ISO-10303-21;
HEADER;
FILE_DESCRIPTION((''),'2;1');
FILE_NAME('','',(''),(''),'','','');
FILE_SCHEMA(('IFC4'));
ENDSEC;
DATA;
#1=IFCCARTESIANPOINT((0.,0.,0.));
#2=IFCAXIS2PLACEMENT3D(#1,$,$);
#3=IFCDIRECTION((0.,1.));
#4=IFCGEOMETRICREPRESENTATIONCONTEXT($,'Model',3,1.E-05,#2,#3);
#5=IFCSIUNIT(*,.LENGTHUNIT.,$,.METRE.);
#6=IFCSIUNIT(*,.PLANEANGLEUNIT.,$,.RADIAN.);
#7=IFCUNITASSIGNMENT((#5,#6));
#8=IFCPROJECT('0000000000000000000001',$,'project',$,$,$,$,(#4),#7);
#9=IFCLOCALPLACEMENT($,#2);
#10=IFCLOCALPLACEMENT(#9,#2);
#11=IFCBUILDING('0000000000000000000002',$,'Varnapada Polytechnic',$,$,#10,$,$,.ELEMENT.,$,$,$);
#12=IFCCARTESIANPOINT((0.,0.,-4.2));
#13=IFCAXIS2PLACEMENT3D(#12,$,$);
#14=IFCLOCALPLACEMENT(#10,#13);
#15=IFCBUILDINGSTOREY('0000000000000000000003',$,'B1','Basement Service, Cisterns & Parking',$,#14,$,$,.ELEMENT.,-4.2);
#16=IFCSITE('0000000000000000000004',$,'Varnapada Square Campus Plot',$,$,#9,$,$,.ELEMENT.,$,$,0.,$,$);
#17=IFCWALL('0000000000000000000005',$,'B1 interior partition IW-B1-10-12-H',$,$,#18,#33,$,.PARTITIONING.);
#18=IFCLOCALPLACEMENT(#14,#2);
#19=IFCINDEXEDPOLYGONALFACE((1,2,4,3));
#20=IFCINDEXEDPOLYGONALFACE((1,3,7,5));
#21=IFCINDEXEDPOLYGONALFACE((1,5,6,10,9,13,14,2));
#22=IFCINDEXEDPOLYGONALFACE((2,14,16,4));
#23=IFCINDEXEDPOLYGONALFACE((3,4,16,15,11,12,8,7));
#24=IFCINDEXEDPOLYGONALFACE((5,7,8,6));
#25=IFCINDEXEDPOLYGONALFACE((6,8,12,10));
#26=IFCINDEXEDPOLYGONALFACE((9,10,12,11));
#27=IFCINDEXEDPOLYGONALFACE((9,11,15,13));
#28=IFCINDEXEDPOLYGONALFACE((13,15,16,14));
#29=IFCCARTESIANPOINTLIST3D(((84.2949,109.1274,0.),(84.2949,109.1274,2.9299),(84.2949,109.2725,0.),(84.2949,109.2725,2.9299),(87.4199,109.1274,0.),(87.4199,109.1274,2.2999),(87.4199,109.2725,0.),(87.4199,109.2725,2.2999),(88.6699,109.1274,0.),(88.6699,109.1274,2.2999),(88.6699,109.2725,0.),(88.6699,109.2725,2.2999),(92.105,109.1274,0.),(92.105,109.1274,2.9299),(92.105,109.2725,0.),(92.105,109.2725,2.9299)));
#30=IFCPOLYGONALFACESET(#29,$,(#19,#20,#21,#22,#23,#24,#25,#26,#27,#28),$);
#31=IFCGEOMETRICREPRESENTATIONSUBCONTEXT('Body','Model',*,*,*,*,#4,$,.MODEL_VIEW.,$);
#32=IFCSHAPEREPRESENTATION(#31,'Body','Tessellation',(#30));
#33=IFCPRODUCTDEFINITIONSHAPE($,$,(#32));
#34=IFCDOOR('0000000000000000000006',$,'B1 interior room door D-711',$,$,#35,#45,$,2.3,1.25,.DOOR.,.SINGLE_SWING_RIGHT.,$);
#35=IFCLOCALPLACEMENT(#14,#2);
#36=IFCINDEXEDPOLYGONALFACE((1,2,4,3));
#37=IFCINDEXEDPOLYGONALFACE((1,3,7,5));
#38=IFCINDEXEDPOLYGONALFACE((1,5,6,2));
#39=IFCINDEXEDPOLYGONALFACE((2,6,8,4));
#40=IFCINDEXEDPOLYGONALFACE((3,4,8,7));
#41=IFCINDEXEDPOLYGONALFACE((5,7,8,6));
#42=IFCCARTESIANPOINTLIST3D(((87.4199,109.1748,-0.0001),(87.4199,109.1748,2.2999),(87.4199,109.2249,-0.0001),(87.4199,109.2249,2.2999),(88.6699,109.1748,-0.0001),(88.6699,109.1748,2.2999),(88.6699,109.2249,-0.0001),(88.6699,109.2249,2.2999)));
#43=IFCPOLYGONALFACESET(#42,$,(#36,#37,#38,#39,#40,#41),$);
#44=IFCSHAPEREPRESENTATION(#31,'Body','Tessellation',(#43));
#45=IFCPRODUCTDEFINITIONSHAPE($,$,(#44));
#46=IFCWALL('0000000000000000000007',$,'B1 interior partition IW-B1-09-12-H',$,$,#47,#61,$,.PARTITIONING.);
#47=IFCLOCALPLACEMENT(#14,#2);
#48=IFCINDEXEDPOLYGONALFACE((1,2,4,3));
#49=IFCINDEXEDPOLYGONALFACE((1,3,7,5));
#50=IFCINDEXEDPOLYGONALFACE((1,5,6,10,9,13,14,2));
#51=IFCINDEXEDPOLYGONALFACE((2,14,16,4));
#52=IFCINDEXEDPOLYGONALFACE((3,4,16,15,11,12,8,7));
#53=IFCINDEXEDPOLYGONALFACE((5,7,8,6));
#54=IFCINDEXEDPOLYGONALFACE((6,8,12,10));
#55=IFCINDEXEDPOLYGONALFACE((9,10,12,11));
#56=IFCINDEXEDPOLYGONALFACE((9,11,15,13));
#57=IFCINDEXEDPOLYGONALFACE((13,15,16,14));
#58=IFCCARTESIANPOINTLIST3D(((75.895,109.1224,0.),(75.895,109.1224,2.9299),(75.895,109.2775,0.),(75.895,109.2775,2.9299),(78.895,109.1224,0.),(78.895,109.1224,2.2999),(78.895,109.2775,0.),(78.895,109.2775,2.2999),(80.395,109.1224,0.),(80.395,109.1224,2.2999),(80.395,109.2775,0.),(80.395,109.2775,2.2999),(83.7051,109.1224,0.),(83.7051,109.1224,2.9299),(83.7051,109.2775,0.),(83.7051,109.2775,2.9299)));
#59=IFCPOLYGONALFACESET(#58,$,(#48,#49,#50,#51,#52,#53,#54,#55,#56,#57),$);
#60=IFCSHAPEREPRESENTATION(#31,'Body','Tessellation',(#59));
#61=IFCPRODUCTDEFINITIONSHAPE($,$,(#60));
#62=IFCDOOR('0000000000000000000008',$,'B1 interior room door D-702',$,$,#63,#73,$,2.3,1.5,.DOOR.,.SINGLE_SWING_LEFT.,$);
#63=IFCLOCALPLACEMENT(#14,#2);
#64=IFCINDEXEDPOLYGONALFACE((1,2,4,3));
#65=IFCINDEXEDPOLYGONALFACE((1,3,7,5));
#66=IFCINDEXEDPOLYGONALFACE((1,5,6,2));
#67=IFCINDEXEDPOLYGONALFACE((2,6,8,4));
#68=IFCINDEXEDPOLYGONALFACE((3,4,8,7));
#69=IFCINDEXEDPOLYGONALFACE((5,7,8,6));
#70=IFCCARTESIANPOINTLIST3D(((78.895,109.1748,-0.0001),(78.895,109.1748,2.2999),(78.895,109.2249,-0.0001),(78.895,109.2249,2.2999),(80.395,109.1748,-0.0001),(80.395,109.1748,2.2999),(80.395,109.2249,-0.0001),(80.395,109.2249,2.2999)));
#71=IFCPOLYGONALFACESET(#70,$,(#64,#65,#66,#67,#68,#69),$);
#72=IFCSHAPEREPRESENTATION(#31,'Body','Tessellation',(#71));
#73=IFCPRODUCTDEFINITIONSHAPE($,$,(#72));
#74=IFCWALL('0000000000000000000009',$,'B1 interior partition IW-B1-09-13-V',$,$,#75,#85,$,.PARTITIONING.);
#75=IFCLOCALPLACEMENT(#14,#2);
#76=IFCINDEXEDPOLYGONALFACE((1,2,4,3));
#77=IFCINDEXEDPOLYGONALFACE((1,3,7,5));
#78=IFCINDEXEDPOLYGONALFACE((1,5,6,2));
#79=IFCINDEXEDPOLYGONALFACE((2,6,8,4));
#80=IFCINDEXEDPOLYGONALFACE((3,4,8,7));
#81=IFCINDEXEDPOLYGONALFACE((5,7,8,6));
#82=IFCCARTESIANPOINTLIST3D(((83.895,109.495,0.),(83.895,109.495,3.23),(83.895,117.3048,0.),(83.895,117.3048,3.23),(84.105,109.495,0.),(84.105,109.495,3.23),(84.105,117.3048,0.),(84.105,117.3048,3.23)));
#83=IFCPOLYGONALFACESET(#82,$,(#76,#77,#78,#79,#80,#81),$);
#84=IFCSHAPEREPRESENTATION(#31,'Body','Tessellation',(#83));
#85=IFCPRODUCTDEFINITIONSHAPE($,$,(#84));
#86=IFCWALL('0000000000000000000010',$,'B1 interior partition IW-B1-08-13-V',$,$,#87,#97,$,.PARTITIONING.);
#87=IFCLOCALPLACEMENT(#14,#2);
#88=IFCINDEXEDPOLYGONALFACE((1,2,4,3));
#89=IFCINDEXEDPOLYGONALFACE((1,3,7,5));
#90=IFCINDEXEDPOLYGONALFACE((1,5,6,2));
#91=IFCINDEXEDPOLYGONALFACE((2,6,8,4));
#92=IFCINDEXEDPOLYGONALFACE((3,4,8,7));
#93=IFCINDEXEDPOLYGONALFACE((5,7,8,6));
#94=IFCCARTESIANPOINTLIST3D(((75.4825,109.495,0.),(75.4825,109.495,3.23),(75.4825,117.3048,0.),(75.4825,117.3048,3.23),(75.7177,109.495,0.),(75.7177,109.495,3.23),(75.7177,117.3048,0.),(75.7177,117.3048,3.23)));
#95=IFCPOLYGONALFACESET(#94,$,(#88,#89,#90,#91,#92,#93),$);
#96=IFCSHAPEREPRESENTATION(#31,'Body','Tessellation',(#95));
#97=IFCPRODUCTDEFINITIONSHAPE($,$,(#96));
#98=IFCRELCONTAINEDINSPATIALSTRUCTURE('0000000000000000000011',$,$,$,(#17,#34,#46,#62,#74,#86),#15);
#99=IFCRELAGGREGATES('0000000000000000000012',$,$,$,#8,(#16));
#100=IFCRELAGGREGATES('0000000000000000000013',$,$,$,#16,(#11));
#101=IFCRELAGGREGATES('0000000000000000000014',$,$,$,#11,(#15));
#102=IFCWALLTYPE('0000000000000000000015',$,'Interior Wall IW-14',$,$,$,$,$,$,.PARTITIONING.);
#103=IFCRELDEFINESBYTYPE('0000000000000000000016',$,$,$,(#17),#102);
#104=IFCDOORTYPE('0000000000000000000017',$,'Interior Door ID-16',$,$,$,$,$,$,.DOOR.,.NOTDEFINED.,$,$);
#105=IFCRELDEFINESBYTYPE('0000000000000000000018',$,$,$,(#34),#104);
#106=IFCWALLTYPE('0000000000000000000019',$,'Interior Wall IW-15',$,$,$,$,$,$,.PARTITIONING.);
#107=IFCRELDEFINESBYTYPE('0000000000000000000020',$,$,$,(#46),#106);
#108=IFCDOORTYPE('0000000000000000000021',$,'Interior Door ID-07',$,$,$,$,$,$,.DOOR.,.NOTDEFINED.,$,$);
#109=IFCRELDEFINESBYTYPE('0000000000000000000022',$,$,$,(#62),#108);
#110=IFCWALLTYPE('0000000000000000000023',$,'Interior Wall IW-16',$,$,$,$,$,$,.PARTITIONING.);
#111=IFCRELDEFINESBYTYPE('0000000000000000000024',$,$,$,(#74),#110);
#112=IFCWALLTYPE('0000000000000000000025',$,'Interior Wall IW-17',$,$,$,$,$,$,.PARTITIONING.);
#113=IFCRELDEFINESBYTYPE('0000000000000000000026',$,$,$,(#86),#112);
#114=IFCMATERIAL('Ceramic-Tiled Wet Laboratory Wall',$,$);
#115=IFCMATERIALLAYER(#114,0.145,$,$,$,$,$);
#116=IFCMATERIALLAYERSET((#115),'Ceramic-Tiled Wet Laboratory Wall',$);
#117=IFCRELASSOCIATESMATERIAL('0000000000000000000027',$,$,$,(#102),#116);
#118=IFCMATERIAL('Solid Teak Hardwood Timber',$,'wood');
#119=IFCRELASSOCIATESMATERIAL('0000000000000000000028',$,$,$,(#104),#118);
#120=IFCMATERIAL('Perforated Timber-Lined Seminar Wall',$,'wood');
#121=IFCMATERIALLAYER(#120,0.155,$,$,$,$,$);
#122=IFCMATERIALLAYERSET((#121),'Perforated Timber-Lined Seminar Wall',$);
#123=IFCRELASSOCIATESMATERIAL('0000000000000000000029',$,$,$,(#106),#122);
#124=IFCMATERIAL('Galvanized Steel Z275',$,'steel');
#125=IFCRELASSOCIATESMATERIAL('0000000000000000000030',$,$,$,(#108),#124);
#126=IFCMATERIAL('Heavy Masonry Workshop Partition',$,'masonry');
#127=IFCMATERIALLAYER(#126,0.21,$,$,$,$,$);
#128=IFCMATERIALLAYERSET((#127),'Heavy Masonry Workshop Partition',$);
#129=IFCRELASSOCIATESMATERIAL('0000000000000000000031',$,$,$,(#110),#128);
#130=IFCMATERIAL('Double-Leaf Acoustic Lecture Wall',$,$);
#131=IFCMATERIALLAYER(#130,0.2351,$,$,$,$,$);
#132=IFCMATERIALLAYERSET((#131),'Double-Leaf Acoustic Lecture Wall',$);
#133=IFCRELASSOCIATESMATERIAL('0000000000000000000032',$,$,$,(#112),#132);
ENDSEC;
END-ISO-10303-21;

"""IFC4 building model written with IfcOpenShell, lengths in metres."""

from ifc_helpers import new_model, si_unit, direction, frame, frame_2d, origin, place, context, subcontext, project, spatial, rectangle, extrude, material, layer, layer_set, type_object, element, fill, save


model = new_model("IFC4")

# Units and contexts
model_context = context("Model", 3, precision=1e-05, world=origin(), true_north=direction((0.0, 1.0)))
body_context = subcontext(model_context, "Body", "Model", "MODEL_VIEW")
ifc_project = project(units=[si_unit("LENGTHUNIT", "METRE"), si_unit("PLANEANGLEUNIT", "RADIAN")], contexts=[model_context])

# Site, building, storey
site_placement = place(None, origin())
site = spatial("IfcSite", under=ifc_project, at=site_placement, Name="Varnapada Square Campus Plot", CompositionType="ELEMENT", RefElevation=0.0)
building_placement = place(site_placement, origin())
building = spatial("IfcBuilding", under=site, at=building_placement, Name="Varnapada Polytechnic", CompositionType="ELEMENT")
storey_placement = place(building_placement, frame((0.0, 0.0, -4.2)))
storey = spatial("IfcBuildingStorey", under=building, at=storey_placement, Name="B1", Description="Basement Service, Cisterns & Parking", CompositionType="ELEMENT", Elevation=-4.2)

# Walls, openings, doors
ifc_material_1 = material(Name="Ceramic-Tiled Wet Laboratory Wall")
ifc_layer_1 = layer(ifc_material_1, 0.145)
ifc_layer_set_1 = layer_set([ifc_layer_1], Name="Ceramic-Tiled Wet Laboratory Wall")
wall_type_1 = type_object("IfcWallType", Name="Interior Wall IW-14", PredefinedType="PARTITIONING", material=ifc_layer_set_1)
wall_1_placement = place(storey_placement, frame((84.2949, 109.2, 0.0), z_axis=(0.0, 0.0, 1.0), x_axis=(1.0, 0.0, 0.0)))
wall_1 = element("IfcWall", 1, at=wall_1_placement, inside=storey, type_object=wall_type_1, Name="B1 interior partition IW-B1-10-12-H", PredefinedType="PARTITIONING", context=body_context, shape_type="SweptSolid", body=[
    extrude(rectangle(XDim=7.8101, YDim=0.145, at=frame_2d((3.905, 0.0))), origin(), (0.0, 0.0, 1.0), 2.9299),
])
opening_1_placement = place(wall_1_placement, frame((3.125, 0.0, 0.0)))
opening_1 = element("IfcOpeningElement", 2, at=opening_1_placement, cuts=wall_1, PredefinedType="OPENING", context=body_context, shape_type="SweptSolid", body=[
    extrude(rectangle(XDim=1.25, YDim=2.3, at=frame_2d((0.625, 1.1499))), frame((0.0, 0.0825, 0.0), z_axis=(0.0, -1.0, 0.0), x_axis=(1.0, 0.0, 0.0)), (0.0, 0.0, 1.0), 0.165),
])
ifc_material_2 = material(Name="Solid Teak Hardwood Timber", Category="wood")
door_type_1 = type_object("IfcDoorType", Name="Interior Door ID-16", OperationType="NOTDEFINED", PredefinedType="DOOR", material=ifc_material_2)
door_1_placement = place(opening_1_placement, origin())
door_1 = element("IfcDoor", 3, at=door_1_placement, inside=storey, type_object=door_type_1, Name="B1 interior room door D-711", OperationType="SINGLE_SWING_RIGHT", OverallHeight=2.3, OverallWidth=1.25, PredefinedType="DOOR", context=body_context, shape_type="SweptSolid", body=[
    extrude(rectangle(XDim=1.25, YDim=2.3, at=frame_2d((0.625, 1.1499))), frame((0.0, 0.0249, 0.0), z_axis=(0.0, -1.0, 0.0), x_axis=(1.0, 0.0, 0.0)), (0.0, 0.0, 1.0), 0.05),
])
fill(opening_1, door_1)
ifc_material_3 = material(Name="Perforated Timber-Lined Seminar Wall", Category="wood")
ifc_layer_2 = layer(ifc_material_3, 0.155)
ifc_layer_set_2 = layer_set([ifc_layer_2], Name="Perforated Timber-Lined Seminar Wall")
wall_type_2 = type_object("IfcWallType", Name="Interior Wall IW-15", PredefinedType="PARTITIONING", material=ifc_layer_set_2)
wall_2_placement = place(storey_placement, frame((75.895, 109.2, 0.0), z_axis=(0.0, 0.0, 1.0), x_axis=(1.0, 0.0, 0.0)))
wall_2 = element("IfcWall", 4, at=wall_2_placement, inside=storey, type_object=wall_type_2, Name="B1 interior partition IW-B1-09-12-H", PredefinedType="PARTITIONING", context=body_context, shape_type="SweptSolid", body=[
    extrude(rectangle(XDim=7.8101, YDim=0.155, at=frame_2d((3.905, 0.0))), origin(), (0.0, 0.0, 1.0), 2.9299),
])
opening_2_placement = place(wall_2_placement, frame((3.0, 0.0, 0.0)))
opening_2 = element("IfcOpeningElement", 5, at=opening_2_placement, cuts=wall_2, PredefinedType="OPENING", context=body_context, shape_type="SweptSolid", body=[
    extrude(rectangle(XDim=1.5, YDim=2.3, at=frame_2d((0.75, 1.1499))), frame((0.0, 0.0874, 0.0), z_axis=(0.0, -1.0, 0.0), x_axis=(1.0, 0.0, 0.0)), (0.0, 0.0, 1.0), 0.175),
])
ifc_material_4 = material(Name="Galvanized Steel Z275", Category="steel")
door_type_2 = type_object("IfcDoorType", Name="Interior Door ID-07", OperationType="NOTDEFINED", PredefinedType="DOOR", material=ifc_material_4)
door_2_placement = place(opening_2_placement, origin())
door_2 = element("IfcDoor", 6, at=door_2_placement, inside=storey, type_object=door_type_2, Name="B1 interior room door D-702", OperationType="SINGLE_SWING_LEFT", OverallHeight=2.3, OverallWidth=1.5, PredefinedType="DOOR", context=body_context, shape_type="SweptSolid", body=[
    extrude(rectangle(XDim=1.5, YDim=2.3, at=frame_2d((0.75, 1.1499))), frame((0.0, 0.0249, 0.0), z_axis=(0.0, -1.0, 0.0), x_axis=(1.0, 0.0, 0.0)), (0.0, 0.0, 1.0), 0.05),
])
fill(opening_2, door_2)

# Walls
ifc_material_5 = material(Name="Heavy Masonry Workshop Partition", Category="masonry")
ifc_layer_3 = layer(ifc_material_5, 0.21)
ifc_layer_set_3 = layer_set([ifc_layer_3], Name="Heavy Masonry Workshop Partition")
wall_type_3 = type_object("IfcWallType", Name="Interior Wall IW-16", PredefinedType="PARTITIONING", material=ifc_layer_set_3)
wall_3_placement = place(storey_placement, frame((84.0, 109.4951, 0.0), z_axis=(0.0, 0.0, 1.0), x_axis=(0.0, 1.0, 0.0)))
element("IfcWall", 7, at=wall_3_placement, inside=storey, type_object=wall_type_3, Name="B1 interior partition IW-B1-09-13-V", PredefinedType="PARTITIONING", context=body_context, shape_type="SweptSolid", body=[
    extrude(rectangle(XDim=7.8098, YDim=0.21, at=frame_2d((3.9048, 0.0))), origin(), (0.0, 0.0, 1.0), 3.23),
])
ifc_material_6 = material(Name="Double-Leaf Acoustic Lecture Wall")
ifc_layer_4 = layer(ifc_material_6, 0.2351)
ifc_layer_set_4 = layer_set([ifc_layer_4], Name="Double-Leaf Acoustic Lecture Wall")
wall_type_4 = type_object("IfcWallType", Name="Interior Wall IW-17", PredefinedType="PARTITIONING", material=ifc_layer_set_4)
wall_4_placement = place(storey_placement, frame((75.6001, 109.4951, 0.0), z_axis=(0.0, 0.0, 1.0), x_axis=(0.0, 1.0, 0.0)))
element("IfcWall", 8, at=wall_4_placement, inside=storey, type_object=wall_type_4, Name="B1 interior partition IW-B1-08-13-V", PredefinedType="PARTITIONING", context=body_context, shape_type="SweptSolid", body=[
    extrude(rectangle(XDim=7.8098, YDim=0.2351, at=frame_2d((3.9048, 0.0))), origin(), (0.0, 0.0, 1.0), 3.23),
])

save(model, "model.ifc")
